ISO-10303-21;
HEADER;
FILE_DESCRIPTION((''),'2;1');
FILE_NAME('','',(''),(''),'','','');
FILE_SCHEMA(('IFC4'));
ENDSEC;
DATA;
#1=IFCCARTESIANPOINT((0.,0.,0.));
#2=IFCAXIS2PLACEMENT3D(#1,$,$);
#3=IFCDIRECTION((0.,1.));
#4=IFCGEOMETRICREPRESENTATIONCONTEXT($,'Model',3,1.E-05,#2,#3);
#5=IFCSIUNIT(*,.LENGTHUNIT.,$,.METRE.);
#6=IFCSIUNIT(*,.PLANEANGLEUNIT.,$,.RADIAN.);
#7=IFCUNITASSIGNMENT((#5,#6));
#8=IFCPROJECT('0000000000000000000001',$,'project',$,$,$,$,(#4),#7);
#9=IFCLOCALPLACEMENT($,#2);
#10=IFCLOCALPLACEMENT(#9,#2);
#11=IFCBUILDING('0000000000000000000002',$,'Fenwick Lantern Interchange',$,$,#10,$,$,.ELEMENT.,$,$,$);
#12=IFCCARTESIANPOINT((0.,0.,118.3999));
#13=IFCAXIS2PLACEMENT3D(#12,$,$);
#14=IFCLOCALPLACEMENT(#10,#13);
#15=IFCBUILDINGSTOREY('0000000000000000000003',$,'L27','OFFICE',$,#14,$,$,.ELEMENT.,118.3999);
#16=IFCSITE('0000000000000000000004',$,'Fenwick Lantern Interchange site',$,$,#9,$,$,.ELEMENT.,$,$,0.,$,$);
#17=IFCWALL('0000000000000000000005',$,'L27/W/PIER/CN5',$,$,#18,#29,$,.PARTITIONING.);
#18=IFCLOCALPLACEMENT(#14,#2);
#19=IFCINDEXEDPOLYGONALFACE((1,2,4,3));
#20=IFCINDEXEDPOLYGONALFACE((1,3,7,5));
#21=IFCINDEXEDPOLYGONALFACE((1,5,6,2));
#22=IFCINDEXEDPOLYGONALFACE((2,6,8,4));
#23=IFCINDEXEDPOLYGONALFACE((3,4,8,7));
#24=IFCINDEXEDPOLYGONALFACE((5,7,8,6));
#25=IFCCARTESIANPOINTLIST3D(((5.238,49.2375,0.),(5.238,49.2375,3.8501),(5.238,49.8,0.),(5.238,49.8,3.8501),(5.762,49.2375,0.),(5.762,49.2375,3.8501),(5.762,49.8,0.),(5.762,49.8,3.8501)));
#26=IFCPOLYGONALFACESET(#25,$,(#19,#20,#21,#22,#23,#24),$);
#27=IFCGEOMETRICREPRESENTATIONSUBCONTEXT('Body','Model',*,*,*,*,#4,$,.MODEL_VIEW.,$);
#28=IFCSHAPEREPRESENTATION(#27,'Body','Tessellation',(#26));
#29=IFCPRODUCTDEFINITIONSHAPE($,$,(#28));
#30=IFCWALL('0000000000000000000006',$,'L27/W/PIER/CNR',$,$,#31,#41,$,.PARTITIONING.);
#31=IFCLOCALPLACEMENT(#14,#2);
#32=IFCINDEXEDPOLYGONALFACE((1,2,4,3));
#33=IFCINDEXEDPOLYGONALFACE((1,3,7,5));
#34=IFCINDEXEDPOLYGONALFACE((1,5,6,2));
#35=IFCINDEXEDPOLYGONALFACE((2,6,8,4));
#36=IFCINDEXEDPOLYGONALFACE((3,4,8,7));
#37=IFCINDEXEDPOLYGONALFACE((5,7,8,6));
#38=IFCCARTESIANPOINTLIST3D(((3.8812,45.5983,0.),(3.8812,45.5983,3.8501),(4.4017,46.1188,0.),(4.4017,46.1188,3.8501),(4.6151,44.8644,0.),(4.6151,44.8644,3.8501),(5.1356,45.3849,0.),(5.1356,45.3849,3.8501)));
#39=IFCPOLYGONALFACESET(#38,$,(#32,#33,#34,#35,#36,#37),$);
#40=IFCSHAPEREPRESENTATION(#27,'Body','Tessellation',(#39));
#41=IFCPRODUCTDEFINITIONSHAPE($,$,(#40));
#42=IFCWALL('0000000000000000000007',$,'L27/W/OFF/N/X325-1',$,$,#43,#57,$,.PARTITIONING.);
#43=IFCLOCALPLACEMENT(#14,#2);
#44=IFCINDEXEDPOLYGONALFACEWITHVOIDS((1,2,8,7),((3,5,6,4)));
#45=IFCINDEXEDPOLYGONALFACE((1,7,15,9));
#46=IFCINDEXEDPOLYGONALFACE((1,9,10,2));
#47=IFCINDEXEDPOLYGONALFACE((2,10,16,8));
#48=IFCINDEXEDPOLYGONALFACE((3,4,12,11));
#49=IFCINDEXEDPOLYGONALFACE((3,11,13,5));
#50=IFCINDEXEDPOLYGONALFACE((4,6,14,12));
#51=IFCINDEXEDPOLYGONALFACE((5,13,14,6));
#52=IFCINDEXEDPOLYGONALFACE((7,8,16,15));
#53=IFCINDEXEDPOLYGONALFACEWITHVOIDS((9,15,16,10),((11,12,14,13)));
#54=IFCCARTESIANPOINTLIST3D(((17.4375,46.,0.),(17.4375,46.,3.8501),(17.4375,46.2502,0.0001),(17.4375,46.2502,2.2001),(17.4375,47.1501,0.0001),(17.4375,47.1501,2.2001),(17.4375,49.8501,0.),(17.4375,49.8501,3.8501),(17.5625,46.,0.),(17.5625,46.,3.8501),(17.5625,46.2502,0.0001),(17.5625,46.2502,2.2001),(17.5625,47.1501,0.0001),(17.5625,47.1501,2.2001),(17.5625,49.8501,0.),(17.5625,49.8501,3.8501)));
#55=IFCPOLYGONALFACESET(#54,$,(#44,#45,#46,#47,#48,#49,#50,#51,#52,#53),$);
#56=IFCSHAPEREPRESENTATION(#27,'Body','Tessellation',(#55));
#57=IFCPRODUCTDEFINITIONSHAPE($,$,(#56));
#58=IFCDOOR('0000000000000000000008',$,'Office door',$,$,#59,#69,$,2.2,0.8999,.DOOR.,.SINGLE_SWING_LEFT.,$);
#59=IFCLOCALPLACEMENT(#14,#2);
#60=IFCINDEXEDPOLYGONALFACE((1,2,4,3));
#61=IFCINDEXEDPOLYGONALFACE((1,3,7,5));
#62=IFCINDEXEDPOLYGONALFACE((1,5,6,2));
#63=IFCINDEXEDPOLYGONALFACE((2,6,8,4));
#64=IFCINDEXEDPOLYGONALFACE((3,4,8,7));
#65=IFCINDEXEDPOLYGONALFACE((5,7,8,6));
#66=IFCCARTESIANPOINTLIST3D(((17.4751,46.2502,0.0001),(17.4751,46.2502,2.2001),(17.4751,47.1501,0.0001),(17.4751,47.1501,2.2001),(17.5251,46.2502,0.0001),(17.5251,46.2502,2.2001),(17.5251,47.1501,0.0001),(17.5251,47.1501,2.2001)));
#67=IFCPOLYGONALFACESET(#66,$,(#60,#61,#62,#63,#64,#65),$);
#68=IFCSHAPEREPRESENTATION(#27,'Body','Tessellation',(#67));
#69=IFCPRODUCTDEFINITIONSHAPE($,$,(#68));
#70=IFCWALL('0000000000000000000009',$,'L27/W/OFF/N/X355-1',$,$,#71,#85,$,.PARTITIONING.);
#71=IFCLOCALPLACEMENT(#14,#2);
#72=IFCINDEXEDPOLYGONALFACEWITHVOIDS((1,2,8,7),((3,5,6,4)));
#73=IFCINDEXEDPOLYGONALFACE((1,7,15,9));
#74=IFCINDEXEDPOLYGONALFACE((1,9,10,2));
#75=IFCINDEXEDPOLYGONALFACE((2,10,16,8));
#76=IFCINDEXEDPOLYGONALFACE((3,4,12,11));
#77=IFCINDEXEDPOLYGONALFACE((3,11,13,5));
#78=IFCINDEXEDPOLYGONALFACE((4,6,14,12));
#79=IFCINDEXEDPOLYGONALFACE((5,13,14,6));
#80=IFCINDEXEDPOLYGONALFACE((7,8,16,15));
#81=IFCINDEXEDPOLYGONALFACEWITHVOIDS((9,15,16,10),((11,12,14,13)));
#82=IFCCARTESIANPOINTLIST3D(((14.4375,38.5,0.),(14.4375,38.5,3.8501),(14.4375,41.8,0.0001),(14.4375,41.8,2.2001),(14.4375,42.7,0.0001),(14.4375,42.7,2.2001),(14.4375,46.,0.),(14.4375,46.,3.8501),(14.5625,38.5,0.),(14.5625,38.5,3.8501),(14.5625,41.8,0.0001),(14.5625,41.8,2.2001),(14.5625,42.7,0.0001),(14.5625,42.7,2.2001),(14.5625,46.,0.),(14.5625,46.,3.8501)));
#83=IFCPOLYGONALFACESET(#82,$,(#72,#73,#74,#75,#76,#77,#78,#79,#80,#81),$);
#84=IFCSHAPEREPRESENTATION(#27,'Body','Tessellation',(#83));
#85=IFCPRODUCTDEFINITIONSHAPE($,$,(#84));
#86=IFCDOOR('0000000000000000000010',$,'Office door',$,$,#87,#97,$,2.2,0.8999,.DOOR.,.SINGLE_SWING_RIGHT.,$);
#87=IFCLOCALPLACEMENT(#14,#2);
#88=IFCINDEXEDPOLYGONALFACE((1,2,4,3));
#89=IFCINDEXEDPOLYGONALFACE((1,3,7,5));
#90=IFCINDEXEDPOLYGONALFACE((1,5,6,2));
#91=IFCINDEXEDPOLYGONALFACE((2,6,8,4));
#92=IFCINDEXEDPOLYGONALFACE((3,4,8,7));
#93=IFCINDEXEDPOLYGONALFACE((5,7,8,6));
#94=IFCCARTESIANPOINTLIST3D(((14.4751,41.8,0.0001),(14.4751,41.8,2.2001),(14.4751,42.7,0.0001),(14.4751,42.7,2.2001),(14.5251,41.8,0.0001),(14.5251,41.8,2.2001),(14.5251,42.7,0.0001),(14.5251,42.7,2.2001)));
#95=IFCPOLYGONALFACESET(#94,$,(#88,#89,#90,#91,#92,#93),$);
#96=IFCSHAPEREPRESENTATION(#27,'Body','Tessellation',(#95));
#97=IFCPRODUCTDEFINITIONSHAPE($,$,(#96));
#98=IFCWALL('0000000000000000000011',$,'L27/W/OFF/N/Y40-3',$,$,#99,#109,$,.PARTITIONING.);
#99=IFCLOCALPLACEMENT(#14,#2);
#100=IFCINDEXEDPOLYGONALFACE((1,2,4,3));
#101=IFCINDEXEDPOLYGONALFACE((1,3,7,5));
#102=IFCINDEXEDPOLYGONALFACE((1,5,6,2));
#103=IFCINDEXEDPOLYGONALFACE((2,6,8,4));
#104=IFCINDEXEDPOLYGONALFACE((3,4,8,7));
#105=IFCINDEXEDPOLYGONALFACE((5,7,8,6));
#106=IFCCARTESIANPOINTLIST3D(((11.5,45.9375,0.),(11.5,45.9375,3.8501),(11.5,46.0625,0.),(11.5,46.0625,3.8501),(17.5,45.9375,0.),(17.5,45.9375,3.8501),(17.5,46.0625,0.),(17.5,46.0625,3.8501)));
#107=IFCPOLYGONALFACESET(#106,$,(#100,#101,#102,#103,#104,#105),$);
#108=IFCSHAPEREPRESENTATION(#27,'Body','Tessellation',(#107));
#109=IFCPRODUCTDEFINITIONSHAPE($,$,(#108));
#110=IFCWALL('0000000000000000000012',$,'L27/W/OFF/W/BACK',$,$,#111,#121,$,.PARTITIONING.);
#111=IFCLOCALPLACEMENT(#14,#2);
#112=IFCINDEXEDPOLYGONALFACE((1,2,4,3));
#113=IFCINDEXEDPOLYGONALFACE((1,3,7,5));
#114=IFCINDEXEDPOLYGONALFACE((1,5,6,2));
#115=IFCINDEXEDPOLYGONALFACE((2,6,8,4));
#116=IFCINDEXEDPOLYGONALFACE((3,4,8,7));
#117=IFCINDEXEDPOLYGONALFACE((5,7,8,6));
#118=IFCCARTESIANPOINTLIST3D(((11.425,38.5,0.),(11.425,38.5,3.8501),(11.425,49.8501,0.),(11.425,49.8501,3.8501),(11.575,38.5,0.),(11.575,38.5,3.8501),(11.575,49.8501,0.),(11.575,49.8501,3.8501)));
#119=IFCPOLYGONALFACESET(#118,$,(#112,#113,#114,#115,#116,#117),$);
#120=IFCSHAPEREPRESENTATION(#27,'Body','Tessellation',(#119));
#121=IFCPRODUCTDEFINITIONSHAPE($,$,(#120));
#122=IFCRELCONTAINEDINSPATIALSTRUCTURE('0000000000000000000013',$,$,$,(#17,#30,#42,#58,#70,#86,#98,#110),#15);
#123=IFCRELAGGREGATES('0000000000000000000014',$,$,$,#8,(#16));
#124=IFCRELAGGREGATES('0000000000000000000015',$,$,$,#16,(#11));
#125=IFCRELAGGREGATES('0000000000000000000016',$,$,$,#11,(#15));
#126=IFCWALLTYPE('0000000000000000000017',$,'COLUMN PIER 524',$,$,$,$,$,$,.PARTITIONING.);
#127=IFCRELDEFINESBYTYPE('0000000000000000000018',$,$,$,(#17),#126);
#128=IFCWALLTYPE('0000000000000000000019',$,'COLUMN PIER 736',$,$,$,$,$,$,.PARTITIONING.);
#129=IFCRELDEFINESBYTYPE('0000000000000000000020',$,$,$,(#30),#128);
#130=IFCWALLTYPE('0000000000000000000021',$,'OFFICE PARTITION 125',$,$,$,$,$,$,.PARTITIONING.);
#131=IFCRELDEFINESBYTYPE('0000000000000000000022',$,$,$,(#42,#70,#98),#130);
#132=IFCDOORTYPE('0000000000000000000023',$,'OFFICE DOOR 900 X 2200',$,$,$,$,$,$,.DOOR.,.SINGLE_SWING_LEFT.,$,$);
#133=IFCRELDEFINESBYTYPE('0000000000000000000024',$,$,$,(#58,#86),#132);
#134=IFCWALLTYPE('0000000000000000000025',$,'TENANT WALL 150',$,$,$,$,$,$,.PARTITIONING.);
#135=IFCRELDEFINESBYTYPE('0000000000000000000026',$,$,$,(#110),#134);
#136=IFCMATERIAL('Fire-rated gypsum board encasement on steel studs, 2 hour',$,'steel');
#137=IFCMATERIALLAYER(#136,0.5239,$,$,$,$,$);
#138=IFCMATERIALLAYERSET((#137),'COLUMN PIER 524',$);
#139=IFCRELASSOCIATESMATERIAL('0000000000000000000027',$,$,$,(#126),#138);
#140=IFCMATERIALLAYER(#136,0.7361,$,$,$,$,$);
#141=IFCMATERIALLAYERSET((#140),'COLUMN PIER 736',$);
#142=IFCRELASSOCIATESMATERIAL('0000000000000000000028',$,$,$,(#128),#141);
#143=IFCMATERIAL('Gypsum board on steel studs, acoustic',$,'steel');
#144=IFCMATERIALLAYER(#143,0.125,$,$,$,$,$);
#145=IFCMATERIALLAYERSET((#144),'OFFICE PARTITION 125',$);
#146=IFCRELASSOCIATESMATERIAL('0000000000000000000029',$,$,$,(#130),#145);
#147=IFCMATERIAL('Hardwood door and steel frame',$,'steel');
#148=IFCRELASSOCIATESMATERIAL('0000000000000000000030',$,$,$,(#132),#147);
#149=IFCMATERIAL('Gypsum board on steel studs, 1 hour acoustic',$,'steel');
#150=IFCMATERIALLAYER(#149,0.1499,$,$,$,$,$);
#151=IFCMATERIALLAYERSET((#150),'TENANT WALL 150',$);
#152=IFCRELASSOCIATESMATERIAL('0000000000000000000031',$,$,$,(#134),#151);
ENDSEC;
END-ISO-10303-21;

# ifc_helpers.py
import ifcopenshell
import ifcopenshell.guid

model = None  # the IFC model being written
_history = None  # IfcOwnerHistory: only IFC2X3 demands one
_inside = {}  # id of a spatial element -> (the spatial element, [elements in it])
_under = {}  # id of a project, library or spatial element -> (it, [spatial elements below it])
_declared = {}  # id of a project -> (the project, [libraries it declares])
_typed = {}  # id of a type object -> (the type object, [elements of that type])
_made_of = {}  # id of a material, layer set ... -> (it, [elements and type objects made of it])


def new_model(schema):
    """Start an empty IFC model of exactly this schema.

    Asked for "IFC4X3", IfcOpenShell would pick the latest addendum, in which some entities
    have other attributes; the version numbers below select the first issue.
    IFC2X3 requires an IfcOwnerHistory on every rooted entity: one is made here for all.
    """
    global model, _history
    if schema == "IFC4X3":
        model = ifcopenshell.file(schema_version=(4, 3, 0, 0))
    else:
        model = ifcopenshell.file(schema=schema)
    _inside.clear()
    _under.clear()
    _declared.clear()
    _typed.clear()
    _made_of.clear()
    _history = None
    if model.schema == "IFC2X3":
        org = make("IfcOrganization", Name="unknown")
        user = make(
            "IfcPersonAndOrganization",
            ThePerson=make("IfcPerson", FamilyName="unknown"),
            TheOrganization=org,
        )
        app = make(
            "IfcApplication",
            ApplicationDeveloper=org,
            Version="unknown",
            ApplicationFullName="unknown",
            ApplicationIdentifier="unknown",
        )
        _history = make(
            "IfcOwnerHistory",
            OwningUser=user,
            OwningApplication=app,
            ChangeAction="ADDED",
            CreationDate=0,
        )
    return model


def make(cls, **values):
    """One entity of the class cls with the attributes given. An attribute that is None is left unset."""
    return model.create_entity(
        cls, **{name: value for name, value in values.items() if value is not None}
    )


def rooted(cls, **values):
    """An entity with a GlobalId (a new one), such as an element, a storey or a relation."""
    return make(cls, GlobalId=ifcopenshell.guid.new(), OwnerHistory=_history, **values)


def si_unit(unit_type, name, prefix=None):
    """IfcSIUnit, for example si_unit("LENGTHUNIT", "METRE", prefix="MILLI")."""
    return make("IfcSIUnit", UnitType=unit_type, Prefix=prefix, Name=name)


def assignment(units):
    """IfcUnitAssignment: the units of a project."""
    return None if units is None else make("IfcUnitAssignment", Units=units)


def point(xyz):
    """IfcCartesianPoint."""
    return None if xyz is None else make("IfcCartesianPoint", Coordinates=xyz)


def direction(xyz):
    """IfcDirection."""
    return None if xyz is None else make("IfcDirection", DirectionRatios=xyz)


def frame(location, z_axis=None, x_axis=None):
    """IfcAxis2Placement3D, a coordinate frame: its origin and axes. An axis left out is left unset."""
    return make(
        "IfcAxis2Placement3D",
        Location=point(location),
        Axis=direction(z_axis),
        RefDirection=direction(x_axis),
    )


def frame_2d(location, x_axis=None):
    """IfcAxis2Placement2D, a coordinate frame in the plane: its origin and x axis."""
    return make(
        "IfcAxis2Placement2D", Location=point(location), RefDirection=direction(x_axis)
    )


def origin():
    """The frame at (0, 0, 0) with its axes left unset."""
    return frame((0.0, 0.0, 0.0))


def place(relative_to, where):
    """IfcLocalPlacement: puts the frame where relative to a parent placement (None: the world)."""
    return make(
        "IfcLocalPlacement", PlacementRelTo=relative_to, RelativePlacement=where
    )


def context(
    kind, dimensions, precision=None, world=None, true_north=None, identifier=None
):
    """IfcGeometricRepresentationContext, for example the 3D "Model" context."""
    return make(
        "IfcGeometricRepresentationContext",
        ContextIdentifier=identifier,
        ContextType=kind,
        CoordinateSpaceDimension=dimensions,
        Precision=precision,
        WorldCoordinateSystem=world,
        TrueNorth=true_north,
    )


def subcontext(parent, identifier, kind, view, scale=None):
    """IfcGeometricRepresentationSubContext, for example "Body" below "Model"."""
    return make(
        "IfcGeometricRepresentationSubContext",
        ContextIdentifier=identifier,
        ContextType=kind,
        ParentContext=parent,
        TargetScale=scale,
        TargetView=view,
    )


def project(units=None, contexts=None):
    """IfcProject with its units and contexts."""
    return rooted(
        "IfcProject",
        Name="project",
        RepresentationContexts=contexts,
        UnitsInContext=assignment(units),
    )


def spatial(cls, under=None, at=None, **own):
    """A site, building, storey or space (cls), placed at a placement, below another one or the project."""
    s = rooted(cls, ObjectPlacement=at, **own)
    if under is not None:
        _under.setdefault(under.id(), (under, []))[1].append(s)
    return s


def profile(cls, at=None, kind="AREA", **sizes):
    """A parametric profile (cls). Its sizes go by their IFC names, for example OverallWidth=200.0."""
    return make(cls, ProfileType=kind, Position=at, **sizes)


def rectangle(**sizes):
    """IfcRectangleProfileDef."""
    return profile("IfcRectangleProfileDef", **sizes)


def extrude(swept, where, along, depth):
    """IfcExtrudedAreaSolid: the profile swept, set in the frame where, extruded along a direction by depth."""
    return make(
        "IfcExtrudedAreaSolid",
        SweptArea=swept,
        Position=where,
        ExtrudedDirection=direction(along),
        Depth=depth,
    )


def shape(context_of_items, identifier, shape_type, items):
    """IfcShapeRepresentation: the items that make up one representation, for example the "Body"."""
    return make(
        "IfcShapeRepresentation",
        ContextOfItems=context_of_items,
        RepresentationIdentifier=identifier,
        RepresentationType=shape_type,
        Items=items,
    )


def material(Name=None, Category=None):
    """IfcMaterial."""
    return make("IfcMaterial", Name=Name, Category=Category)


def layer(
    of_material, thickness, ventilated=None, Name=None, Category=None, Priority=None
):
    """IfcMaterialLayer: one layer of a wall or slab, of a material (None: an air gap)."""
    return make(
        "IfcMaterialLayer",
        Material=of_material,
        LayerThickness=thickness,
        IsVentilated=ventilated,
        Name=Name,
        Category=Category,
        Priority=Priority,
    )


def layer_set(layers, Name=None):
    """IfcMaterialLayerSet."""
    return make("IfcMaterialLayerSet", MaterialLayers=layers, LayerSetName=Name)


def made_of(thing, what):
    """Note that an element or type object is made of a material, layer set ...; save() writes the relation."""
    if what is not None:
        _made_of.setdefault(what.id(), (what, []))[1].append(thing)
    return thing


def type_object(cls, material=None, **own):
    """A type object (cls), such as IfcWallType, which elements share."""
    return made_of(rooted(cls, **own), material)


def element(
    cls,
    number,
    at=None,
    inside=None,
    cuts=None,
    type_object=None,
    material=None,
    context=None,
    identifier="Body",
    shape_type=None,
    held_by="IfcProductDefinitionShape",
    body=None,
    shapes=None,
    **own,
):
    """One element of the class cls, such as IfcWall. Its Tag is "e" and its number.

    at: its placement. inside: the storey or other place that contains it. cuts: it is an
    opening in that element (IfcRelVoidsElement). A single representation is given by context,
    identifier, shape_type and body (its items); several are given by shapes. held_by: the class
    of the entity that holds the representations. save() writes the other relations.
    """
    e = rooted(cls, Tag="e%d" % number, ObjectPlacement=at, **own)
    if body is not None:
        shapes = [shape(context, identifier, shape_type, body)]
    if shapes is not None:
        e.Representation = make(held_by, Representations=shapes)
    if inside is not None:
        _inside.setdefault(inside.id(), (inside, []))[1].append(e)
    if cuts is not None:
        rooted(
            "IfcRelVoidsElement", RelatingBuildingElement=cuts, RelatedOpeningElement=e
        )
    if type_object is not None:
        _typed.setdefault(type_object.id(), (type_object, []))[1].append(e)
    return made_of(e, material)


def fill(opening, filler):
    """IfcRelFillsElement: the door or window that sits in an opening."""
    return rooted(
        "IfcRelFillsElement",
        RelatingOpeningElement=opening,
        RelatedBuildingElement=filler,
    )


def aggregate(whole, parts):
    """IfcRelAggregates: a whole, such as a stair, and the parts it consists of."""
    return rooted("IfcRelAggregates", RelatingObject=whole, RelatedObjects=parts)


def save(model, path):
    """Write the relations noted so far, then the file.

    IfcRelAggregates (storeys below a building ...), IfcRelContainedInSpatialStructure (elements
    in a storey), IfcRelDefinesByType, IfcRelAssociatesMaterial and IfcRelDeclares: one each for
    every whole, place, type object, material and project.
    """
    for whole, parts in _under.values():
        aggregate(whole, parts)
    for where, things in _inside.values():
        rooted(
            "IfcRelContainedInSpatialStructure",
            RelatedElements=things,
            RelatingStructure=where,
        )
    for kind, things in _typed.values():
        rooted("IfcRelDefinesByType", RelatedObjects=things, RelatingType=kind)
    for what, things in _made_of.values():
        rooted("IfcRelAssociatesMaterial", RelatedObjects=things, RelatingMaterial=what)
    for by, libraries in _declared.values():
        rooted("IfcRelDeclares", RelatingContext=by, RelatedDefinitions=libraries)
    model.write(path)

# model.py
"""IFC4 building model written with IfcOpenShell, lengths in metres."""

from ifc_helpers import new_model, si_unit, direction, frame, frame_2d, origin, place, context, subcontext, project, spatial, rectangle, extrude, material, layer, layer_set, type_object, element, fill, save


model = new_model("IFC4")

# Units and contexts
model_context = context("Model", 3, precision=1e-05, world=origin(), true_north=direction((0.0, 1.0)))
body_context = subcontext(model_context, "Body", "Model", "MODEL_VIEW")
ifc_project = project(units=[si_unit("LENGTHUNIT", "METRE"), si_unit("PLANEANGLEUNIT", "RADIAN")], contexts=[model_context])

# Site, building, storey
site_placement = place(None, origin())
site = spatial("IfcSite", under=ifc_project, at=site_placement, Name="Fenwick Lantern Interchange site", CompositionType="ELEMENT", RefElevation=0.0)
building_placement = place(site_placement, origin())
building = spatial("IfcBuilding", under=site, at=building_placement, Name="Fenwick Lantern Interchange", CompositionType="ELEMENT")
storey_placement = place(building_placement, frame((0.0, 0.0, 118.3999)))
storey = spatial("IfcBuildingStorey", under=building, at=storey_placement, Name="L27", Description="OFFICE", CompositionType="ELEMENT", Elevation=118.3999)

# Walls
ifc_material_1 = material(Name="Fire-rated gypsum board encasement on steel studs, 2 hour", Category="steel")
ifc_layer_1 = layer(ifc_material_1, 0.5239)
ifc_layer_set_1 = layer_set([ifc_layer_1], Name="COLUMN PIER 524")
wall_type_1 = type_object("IfcWallType", Name="COLUMN PIER 524", PredefinedType="PARTITIONING", material=ifc_layer_set_1)
wall_1_placement = place(storey_placement, frame((5.5, 49.8, 0.0), z_axis=(0.0, 0.0, 1.0), x_axis=(0.0, -1.0, 0.0)))
element("IfcWall", 1, at=wall_1_placement, inside=storey, type_object=wall_type_1, Name="L27/W/PIER/CN5", PredefinedType="PARTITIONING", context=body_context, shape_type="SweptSolid", body=[
    extrude(rectangle(XDim=0.5625, YDim=0.5239, at=frame_2d((0.2812, 0.0))), origin(), (0.0, 0.0, 1.0), 3.8501),
])
ifc_layer_2 = layer(ifc_material_1, 0.7361)
ifc_layer_set_2 = layer_set([ifc_layer_2], Name="COLUMN PIER 736")
wall_type_2 = type_object("IfcWallType", Name="COLUMN PIER 736", PredefinedType="PARTITIONING", material=ifc_layer_set_2)
wall_2_placement = place(storey_placement, frame((4.1414, 45.8586, 0.0), z_axis=(0.0, 0.0, 1.0), x_axis=(0.707107, -0.707107, 0.0)))
element("IfcWall", 2, at=wall_2_placement, inside=storey, type_object=wall_type_2, Name="L27/W/PIER/CNR", PredefinedType="PARTITIONING", context=body_context, shape_type="SweptSolid", body=[
    extrude(rectangle(XDim=1.0378, YDim=0.7361, at=frame_2d((0.519, 0.0))), origin(), (0.0, 0.0, 1.0), 3.8501),
])

# Walls, openings, doors
ifc_material_2 = material(Name="Gypsum board on steel studs, acoustic", Category="steel")
ifc_layer_3 = layer(ifc_material_2, 0.125)
ifc_layer_set_3 = layer_set([ifc_layer_3], Name="OFFICE PARTITION 125")
wall_type_3 = type_object("IfcWallType", Name="OFFICE PARTITION 125", PredefinedType="PARTITIONING", material=ifc_layer_set_3)
wall_3_placement = place(storey_placement, frame((17.5, 49.8501, 0.0), z_axis=(0.0, 0.0, 1.0), x_axis=(0.0, -1.0, 0.0)))
wall_3 = element("IfcWall", 3, at=wall_3_placement, inside=storey, type_object=wall_type_3, Name="L27/W/OFF/N/X325-1", PredefinedType="PARTITIONING", context=body_context, shape_type="SweptSolid", body=[
    extrude(rectangle(XDim=3.8501, YDim=0.125, at=frame_2d((1.925, 0.0))), origin(), (0.0, 0.0, 1.0), 3.8501),
])
opening_1_placement = place(wall_3_placement, frame((2.7, 0.0, 0.0)))
opening_1 = element("IfcOpeningElement", 4, at=opening_1_placement, cuts=wall_3, PredefinedType="OPENING", context=body_context, shape_type="SweptSolid", body=[
    extrude(rectangle(XDim=0.8999, YDim=2.2, at=frame_2d((0.45, 1.1001))), frame((0.0, 0.0725, 0.0), z_axis=(0.0, -1.0, 0.0), x_axis=(1.0, 0.0, 0.0)), (0.0, 0.0, 1.0), 0.145),
])
ifc_material_3 = material(Name="Hardwood door and steel frame", Category="steel")
door_type = type_object("IfcDoorType", Name="OFFICE DOOR 900 X 2200", OperationType="SINGLE_SWING_LEFT", PredefinedType="DOOR", material=ifc_material_3)
door_1_placement = place(opening_1_placement, frame((0.8999, 0.0, 0.0), z_axis=(0.0, 0.0, 1.0), x_axis=(-1.0, 0.0, 0.0)))
door_1 = element("IfcDoor", 5, at=door_1_placement, inside=storey, type_object=door_type, Name="Office door", OperationType="SINGLE_SWING_LEFT", OverallHeight=2.2, OverallWidth=0.8999, PredefinedType="DOOR", context=body_context, shape_type="SweptSolid", body=[
    extrude(rectangle(XDim=0.8999, YDim=2.2, at=frame_2d((0.45, 1.1001))), frame((0.0, 0.0249, 0.0), z_axis=(0.0, -1.0, 0.0), x_axis=(1.0, 0.0, 0.0)), (0.0, 0.0, 1.0), 0.05),
])
fill(opening_1, door_1)
wall_4_placement = place(storey_placement, frame((14.5, 46.0, 0.0), z_axis=(0.0, 0.0, 1.0), x_axis=(0.0, -1.0, 0.0)))
wall_4 = element("IfcWall", 6, at=wall_4_placement, inside=storey, type_object=wall_type_3, Name="L27/W/OFF/N/X355-1", PredefinedType="PARTITIONING", context=body_context, shape_type="SweptSolid", body=[
    extrude(rectangle(XDim=7.5, YDim=0.125, at=frame_2d((3.75, 0.0))), origin(), (0.0, 0.0, 1.0), 3.8501),
])
opening_2_placement = place(wall_4_placement, frame((3.3, 0.0, 0.0)))
opening_2 = element("IfcOpeningElement", 7, at=opening_2_placement, cuts=wall_4, PredefinedType="OPENING", context=body_context, shape_type="SweptSolid", body=[
    extrude(rectangle(XDim=0.8999, YDim=2.2, at=frame_2d((0.45, 1.1001))), frame((0.0, 0.0725, 0.0), z_axis=(0.0, -1.0, 0.0), x_axis=(1.0, 0.0, 0.0)), (0.0, 0.0, 1.0), 0.145),
])
door_2_placement = place(opening_2_placement, frame((0.8999, 0.0, 0.0), z_axis=(0.0, 0.0, 1.0), x_axis=(-1.0, 0.0, 0.0)))
door_2 = element("IfcDoor", 8, at=door_2_placement, inside=storey, type_object=door_type, Name="Office door", OperationType="SINGLE_SWING_RIGHT", OverallHeight=2.2, OverallWidth=0.8999, PredefinedType="DOOR", context=body_context, shape_type="SweptSolid", body=[
    extrude(rectangle(XDim=0.8999, YDim=2.2, at=frame_2d((0.45, 1.1001))), frame((0.0, 0.0249, 0.0), z_axis=(0.0, -1.0, 0.0), x_axis=(1.0, 0.0, 0.0)), (0.0, 0.0, 1.0), 0.05),
])
fill(opening_2, door_2)

# Walls
wall_5_placement = place(storey_placement, frame((17.5, 46.0, 0.0), z_axis=(0.0, 0.0, 1.0), x_axis=(-1.0, 0.0, 0.0)))
element("IfcWall", 9, at=wall_5_placement, inside=storey, type_object=wall_type_3, Name="L27/W/OFF/N/Y40-3", PredefinedType="PARTITIONING", context=body_context, shape_type="SweptSolid", body=[
    extrude(rectangle(XDim=6.0, YDim=0.125, at=frame_2d((3.0, 0.0))), origin(), (0.0, 0.0, 1.0), 3.8501),
])
ifc_material_4 = material(Name="Gypsum board on steel studs, 1 hour acoustic", Category="steel")
ifc_layer_4 = layer(ifc_material_4, 0.1499)
ifc_layer_set_4 = layer_set([ifc_layer_4], Name="TENANT WALL 150")
wall_type_4 = type_object("IfcWallType", Name="TENANT WALL 150", PredefinedType="PARTITIONING", material=ifc_layer_set_4)
wall_6_placement = place(storey_placement, frame((11.5, 49.8501, 0.0), z_axis=(0.0, 0.0, 1.0), x_axis=(0.0, -1.0, 0.0)))
element("IfcWall", 10, at=wall_6_placement, inside=storey, type_object=wall_type_4, Name="L27/W/OFF/W/BACK", PredefinedType="PARTITIONING", context=body_context, shape_type="SweptSolid", body=[
    extrude(rectangle(XDim=11.3501, YDim=0.1499, at=frame_2d((5.675, 0.0))), origin(), (0.0, 0.0, 1.0), 3.8501),
])

save(model, "model.ifc")
